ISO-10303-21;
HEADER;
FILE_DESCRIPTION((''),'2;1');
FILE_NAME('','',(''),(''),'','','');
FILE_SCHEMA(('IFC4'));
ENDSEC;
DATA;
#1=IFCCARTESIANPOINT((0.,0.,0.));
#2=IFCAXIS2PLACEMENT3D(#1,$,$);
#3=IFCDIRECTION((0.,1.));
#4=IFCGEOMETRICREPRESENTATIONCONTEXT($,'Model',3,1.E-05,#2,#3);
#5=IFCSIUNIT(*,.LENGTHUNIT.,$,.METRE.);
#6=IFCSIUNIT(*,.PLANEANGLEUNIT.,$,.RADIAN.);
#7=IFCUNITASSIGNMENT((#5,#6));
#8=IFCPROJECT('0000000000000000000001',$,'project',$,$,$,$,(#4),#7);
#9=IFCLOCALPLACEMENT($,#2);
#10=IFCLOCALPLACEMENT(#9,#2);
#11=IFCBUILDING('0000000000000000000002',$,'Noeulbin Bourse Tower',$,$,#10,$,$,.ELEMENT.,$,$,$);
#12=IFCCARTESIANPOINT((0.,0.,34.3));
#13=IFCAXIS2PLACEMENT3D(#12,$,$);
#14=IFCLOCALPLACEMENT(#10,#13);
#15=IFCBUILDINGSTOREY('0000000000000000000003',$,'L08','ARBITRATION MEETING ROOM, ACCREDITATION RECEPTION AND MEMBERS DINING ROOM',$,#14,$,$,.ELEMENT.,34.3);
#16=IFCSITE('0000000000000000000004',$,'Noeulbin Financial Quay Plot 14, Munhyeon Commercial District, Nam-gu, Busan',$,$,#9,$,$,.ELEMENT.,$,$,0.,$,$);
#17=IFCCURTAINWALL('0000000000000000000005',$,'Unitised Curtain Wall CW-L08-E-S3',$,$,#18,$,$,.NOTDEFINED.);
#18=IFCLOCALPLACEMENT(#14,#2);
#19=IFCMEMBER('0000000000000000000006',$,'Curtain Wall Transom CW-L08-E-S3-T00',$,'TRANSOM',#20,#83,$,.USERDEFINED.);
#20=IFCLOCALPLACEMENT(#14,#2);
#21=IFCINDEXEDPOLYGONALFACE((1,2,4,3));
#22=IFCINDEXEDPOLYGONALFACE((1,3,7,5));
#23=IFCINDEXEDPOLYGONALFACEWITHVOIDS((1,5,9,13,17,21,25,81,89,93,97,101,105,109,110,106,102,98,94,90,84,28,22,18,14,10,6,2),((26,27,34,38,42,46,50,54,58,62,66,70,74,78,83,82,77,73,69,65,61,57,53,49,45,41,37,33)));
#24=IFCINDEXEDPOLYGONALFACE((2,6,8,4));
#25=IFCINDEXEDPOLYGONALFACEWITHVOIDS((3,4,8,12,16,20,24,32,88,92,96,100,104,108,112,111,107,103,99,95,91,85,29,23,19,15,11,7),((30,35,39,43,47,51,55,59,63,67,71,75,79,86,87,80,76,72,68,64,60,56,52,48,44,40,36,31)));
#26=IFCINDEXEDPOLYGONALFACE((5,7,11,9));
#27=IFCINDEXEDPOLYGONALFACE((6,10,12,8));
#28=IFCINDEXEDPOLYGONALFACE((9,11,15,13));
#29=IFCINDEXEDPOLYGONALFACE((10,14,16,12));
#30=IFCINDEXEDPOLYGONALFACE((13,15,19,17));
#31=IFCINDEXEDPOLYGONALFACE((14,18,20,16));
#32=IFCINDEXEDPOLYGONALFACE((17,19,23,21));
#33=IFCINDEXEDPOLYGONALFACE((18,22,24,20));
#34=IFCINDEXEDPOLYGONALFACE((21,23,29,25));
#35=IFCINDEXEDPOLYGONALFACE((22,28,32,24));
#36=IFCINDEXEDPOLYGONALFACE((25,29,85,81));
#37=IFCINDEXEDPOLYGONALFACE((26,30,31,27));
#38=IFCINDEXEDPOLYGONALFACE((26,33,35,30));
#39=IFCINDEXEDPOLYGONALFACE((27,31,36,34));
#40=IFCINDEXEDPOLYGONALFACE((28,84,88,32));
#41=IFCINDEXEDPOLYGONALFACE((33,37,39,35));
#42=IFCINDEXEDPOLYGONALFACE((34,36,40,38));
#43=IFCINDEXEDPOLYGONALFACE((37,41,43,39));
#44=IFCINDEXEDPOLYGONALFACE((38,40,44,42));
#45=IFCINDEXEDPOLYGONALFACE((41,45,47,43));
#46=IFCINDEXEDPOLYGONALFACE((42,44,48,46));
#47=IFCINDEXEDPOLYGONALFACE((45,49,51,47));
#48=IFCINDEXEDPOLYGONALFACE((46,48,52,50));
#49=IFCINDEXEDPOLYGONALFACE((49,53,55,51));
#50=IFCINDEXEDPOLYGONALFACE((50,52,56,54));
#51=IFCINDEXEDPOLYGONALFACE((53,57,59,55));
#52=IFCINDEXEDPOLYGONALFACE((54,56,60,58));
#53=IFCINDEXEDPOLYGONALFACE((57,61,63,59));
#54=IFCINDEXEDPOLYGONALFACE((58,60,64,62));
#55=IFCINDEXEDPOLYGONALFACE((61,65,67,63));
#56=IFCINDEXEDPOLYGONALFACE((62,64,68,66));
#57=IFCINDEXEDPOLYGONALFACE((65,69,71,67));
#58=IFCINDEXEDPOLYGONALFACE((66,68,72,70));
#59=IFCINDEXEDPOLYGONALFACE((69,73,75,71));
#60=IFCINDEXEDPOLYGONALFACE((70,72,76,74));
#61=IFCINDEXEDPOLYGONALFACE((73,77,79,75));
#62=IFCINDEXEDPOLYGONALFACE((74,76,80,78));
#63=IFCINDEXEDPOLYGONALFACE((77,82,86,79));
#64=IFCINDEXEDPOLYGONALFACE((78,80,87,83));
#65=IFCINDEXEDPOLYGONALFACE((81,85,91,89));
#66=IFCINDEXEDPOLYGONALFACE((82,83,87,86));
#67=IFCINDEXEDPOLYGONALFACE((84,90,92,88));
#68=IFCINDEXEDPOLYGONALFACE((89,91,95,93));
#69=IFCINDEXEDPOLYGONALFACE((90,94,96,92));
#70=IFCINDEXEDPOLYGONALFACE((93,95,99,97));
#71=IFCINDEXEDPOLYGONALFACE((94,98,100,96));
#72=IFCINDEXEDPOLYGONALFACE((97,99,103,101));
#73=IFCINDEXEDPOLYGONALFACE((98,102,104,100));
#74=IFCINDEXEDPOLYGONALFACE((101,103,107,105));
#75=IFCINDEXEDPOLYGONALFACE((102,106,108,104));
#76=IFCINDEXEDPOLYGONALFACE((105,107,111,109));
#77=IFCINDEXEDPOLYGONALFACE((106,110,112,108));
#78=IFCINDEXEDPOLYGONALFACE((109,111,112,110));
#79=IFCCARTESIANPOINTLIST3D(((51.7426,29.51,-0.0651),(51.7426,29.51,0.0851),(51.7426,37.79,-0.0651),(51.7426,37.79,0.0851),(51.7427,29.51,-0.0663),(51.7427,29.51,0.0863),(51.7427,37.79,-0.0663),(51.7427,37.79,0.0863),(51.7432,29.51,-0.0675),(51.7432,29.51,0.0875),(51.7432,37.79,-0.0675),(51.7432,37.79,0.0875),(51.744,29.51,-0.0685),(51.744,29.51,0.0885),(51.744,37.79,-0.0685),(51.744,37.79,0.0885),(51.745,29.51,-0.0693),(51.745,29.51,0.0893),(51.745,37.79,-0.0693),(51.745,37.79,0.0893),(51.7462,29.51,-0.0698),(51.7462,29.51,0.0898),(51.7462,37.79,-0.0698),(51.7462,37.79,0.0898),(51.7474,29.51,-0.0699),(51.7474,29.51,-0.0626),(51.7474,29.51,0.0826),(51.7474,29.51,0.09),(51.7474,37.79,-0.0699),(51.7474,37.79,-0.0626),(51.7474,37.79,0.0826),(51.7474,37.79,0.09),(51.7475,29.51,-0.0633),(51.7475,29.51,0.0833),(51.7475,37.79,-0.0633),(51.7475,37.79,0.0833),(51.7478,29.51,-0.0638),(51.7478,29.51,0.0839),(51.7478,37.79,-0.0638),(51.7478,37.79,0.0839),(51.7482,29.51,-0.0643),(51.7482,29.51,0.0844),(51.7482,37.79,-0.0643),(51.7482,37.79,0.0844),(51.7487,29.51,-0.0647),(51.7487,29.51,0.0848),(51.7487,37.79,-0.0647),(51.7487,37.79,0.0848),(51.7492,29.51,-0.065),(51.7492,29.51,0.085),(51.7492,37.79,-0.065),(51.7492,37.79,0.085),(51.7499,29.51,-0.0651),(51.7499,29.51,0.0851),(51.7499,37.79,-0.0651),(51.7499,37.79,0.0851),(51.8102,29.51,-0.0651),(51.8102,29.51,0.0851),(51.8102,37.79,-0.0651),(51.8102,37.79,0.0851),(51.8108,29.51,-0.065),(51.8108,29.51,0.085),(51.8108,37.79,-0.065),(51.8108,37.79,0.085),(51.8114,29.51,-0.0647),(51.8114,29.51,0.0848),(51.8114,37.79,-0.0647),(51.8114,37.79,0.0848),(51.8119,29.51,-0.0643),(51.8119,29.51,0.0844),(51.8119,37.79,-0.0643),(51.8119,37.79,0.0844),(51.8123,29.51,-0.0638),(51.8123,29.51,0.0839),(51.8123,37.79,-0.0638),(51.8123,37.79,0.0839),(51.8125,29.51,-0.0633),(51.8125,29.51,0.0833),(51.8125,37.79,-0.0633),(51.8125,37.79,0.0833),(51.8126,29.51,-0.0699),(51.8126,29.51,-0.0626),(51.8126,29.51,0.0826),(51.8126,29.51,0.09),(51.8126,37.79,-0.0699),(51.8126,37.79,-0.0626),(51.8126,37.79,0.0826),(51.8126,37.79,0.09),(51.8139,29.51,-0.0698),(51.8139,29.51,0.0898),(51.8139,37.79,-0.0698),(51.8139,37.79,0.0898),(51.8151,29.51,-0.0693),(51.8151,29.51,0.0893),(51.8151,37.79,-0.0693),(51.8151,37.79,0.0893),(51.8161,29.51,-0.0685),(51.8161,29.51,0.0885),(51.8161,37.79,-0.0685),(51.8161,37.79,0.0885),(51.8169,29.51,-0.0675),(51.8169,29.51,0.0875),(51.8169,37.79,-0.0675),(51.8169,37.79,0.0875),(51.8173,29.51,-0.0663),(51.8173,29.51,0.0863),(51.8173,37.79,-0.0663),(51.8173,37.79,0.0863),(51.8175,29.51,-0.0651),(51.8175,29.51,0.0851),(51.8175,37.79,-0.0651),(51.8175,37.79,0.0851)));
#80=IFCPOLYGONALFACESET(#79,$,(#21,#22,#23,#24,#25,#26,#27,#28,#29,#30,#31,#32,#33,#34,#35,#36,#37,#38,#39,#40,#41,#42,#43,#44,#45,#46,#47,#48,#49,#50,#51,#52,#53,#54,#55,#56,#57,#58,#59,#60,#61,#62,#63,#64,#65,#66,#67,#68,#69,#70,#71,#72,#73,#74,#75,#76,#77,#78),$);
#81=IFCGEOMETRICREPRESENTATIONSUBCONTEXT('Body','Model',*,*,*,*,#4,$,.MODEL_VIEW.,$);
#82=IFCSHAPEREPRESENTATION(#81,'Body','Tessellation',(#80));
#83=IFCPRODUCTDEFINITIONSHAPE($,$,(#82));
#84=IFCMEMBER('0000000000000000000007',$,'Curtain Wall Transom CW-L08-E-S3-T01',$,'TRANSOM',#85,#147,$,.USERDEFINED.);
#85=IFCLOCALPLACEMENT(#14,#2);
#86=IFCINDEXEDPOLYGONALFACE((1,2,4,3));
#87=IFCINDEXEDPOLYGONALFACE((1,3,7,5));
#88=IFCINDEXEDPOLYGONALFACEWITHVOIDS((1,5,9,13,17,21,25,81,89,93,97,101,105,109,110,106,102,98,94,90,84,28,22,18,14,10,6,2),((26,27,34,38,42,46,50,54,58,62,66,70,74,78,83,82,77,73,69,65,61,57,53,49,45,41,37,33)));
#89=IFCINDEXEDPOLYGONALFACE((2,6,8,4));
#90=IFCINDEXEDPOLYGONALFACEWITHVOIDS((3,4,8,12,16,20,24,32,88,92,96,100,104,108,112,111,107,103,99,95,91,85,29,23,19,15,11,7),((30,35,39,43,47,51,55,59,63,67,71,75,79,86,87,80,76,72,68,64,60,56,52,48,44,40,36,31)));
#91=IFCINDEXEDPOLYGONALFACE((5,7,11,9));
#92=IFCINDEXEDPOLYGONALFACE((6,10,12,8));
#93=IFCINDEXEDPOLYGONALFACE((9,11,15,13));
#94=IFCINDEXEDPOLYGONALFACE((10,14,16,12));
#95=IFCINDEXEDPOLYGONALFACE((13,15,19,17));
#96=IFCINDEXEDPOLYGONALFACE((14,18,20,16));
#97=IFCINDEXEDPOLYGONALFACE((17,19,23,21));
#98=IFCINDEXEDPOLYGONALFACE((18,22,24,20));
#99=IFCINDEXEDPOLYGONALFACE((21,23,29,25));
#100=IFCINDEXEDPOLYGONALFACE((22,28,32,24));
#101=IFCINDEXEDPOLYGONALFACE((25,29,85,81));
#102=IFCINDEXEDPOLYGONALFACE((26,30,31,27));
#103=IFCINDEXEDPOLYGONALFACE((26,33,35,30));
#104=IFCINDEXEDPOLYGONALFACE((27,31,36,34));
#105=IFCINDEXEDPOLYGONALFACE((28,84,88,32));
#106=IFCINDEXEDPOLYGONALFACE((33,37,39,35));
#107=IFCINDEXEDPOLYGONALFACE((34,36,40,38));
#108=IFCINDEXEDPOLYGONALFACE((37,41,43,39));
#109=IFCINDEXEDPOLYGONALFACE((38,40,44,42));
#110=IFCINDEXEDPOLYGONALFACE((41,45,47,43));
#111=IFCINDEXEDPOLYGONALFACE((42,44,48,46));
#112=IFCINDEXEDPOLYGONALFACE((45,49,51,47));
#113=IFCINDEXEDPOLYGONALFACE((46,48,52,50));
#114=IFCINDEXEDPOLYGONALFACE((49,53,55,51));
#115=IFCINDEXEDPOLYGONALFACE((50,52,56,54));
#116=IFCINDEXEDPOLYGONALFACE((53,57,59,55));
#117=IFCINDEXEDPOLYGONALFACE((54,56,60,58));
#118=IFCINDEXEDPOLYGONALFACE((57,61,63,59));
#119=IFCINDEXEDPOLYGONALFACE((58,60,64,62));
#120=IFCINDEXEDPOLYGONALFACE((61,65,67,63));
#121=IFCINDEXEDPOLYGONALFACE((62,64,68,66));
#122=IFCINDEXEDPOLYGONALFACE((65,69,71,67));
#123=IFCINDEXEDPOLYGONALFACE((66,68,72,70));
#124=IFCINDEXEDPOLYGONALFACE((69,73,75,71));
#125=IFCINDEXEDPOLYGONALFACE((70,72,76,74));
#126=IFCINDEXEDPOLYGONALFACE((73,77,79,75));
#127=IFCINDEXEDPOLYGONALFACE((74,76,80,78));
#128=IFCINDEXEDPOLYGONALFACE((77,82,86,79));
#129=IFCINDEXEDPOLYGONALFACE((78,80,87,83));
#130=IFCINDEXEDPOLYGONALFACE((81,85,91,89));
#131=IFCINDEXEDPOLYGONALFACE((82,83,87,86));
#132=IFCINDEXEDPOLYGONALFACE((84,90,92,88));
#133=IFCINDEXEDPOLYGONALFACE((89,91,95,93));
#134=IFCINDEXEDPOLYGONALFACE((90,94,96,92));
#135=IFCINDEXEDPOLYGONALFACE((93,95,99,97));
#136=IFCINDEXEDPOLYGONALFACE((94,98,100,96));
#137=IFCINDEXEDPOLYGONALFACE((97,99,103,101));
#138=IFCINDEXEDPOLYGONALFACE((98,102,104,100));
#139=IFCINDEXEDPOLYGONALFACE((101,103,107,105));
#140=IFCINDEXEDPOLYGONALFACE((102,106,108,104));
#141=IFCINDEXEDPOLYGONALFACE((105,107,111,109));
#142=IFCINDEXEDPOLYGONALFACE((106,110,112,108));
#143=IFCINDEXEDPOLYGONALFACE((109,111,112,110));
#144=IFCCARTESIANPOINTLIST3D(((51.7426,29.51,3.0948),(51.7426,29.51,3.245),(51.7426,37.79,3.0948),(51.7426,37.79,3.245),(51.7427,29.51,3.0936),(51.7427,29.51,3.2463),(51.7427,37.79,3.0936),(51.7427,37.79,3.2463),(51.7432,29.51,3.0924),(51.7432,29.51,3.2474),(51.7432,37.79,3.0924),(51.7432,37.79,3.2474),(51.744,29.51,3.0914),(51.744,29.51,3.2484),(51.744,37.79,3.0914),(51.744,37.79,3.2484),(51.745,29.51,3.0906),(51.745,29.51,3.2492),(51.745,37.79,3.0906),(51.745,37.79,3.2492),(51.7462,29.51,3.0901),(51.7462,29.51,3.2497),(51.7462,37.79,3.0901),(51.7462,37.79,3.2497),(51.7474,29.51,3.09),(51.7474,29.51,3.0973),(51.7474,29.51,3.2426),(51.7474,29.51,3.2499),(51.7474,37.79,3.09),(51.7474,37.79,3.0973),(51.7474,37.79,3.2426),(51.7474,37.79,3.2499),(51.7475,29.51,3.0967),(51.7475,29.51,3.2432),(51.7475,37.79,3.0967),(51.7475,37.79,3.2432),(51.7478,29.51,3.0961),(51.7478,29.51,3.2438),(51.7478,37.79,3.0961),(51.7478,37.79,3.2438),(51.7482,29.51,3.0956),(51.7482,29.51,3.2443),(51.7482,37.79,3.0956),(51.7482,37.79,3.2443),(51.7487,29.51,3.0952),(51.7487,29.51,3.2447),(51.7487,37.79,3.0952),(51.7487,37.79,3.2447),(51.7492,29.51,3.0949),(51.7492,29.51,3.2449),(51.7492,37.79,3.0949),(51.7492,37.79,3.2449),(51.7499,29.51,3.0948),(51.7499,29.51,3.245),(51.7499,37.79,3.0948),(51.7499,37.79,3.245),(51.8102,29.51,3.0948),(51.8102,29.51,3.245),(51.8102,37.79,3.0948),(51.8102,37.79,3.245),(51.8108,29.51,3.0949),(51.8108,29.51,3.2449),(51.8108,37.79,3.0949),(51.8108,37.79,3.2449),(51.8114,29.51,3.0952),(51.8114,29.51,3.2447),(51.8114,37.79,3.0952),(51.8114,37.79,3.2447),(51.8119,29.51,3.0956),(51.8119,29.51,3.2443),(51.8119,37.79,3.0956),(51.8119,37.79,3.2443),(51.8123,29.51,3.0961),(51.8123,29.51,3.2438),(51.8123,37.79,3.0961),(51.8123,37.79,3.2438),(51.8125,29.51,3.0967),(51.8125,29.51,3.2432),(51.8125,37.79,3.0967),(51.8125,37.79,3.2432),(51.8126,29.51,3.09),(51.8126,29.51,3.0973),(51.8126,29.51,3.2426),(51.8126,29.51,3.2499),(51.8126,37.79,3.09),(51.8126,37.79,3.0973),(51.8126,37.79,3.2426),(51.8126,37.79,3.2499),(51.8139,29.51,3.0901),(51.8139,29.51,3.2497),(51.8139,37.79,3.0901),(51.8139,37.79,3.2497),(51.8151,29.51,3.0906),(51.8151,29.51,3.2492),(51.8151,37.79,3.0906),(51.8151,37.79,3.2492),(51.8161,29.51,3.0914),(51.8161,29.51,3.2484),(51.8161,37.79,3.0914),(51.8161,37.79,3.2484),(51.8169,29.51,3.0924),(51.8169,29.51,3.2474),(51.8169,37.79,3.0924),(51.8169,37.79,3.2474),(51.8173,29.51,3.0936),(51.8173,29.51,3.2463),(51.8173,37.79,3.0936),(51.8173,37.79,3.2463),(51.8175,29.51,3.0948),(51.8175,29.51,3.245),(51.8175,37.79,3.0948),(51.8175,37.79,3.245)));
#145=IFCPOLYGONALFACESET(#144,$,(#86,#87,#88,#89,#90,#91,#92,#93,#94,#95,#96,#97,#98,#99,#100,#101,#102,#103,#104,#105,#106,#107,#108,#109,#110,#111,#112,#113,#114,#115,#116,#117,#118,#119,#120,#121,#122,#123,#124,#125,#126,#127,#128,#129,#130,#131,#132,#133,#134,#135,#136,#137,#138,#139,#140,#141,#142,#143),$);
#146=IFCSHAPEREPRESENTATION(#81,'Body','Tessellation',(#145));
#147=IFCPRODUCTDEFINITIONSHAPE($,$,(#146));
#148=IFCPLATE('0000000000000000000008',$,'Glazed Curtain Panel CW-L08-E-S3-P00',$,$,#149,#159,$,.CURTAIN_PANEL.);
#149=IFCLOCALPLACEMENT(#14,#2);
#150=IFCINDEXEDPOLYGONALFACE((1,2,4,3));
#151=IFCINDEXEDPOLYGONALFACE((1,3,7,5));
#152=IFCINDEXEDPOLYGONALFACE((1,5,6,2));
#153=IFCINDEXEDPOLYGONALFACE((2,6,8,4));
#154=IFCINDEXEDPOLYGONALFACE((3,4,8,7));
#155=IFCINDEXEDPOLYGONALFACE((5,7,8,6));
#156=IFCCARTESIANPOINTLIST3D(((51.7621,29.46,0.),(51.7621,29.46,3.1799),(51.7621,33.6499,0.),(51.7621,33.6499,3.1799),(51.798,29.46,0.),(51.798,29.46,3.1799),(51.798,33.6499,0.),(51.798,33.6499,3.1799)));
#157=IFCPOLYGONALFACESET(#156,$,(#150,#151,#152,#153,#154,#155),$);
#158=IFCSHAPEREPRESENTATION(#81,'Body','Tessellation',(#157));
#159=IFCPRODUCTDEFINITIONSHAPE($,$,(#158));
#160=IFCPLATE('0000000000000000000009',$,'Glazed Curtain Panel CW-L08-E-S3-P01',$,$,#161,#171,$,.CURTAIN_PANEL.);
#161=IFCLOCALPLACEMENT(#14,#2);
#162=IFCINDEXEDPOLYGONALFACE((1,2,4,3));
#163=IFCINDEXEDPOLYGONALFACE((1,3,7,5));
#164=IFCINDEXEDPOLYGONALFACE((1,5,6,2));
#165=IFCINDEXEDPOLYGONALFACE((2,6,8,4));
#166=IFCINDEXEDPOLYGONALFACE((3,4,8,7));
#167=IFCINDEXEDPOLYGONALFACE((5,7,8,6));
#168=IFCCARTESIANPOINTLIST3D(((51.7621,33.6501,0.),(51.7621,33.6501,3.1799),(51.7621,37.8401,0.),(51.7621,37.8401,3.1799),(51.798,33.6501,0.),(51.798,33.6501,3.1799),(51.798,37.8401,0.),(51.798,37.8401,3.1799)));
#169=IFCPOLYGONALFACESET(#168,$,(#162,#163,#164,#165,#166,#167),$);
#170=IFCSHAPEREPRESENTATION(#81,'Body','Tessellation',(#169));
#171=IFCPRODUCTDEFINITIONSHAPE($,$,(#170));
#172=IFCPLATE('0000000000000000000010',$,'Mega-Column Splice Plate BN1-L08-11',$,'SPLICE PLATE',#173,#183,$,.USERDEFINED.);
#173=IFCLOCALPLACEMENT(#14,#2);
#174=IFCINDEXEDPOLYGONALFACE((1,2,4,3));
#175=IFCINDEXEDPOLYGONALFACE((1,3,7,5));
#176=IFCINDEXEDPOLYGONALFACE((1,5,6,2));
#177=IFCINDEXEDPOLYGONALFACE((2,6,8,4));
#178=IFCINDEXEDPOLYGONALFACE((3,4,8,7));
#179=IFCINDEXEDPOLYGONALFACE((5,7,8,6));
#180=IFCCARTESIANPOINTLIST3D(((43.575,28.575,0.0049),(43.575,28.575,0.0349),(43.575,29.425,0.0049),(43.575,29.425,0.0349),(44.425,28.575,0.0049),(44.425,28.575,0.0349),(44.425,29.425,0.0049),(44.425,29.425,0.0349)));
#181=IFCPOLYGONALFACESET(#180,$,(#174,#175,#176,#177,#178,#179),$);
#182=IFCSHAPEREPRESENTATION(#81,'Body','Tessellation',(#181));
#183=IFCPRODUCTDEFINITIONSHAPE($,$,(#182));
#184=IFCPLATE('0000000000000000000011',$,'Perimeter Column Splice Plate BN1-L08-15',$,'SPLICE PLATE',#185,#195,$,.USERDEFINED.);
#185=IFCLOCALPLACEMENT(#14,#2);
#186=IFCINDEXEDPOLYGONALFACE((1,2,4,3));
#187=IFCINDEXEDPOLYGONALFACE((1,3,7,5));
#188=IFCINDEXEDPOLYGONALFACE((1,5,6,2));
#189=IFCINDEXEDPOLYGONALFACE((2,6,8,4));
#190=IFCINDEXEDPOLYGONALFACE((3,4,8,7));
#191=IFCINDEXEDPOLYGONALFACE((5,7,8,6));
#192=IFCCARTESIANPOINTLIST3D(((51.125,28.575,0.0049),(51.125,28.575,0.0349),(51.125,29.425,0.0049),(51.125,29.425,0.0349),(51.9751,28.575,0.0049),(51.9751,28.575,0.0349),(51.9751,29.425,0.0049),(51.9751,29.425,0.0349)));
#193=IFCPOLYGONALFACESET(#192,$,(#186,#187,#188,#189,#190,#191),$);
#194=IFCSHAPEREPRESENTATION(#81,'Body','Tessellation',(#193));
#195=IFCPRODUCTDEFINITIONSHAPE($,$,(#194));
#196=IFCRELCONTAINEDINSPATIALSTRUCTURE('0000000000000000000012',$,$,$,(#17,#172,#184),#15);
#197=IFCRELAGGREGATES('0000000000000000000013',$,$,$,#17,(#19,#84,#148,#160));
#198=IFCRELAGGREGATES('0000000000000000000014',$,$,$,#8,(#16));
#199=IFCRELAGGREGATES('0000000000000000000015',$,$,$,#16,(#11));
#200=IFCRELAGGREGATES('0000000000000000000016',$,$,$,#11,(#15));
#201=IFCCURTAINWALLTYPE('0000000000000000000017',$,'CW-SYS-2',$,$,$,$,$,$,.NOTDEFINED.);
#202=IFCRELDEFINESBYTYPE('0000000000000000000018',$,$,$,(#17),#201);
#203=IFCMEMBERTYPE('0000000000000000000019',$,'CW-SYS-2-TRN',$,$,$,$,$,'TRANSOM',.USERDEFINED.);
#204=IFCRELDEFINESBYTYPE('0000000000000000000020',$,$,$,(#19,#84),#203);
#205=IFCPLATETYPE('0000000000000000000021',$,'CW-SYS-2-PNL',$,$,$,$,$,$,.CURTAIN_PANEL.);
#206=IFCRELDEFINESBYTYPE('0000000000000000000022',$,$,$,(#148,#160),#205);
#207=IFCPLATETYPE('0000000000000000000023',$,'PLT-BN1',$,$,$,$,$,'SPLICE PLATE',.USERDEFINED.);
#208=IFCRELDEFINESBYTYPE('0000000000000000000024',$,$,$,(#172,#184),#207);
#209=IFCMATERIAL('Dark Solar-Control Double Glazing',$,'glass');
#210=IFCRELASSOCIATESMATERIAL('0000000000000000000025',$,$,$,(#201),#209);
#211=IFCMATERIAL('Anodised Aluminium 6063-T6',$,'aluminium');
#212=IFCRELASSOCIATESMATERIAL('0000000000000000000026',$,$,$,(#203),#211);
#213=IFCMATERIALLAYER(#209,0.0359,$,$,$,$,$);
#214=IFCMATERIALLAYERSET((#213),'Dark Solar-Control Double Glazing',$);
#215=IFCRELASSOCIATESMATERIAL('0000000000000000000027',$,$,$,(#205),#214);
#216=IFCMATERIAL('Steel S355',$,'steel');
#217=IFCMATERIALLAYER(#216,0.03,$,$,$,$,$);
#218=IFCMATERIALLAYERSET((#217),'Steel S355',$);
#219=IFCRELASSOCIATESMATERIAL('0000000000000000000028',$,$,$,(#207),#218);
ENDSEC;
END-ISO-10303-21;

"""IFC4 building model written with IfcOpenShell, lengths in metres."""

from ifc_helpers import new_model, si_unit, direction, frame, origin, origin_2d, place, context, subcontext, project, spatial, rectangle, hollow_rectangle, extrude, material, layer, layer_set, material_profile, profile_set, type_object, element, aggregate, save


model = new_model("IFC4")

# Units and contexts
model_context = context("Model", 3, precision=1e-05, world=origin(), true_north=direction((0.0, 1.0)))
body_context = subcontext(model_context, "Body", "Model", "MODEL_VIEW")
ifc_project = project(units=[si_unit("LENGTHUNIT", "METRE"), si_unit("PLANEANGLEUNIT", "RADIAN")], contexts=[model_context])

# Site, building, storey
site_placement = place(None, origin())
site = spatial("IfcSite", under=ifc_project, at=site_placement, Name="Noeulbin Financial Quay Plot 14, Munhyeon Commercial District, Nam-gu, Busan", CompositionType="ELEMENT", RefElevation=0.0)
building_placement = place(site_placement, origin())
building = spatial("IfcBuilding", under=site, at=building_placement, Name="Noeulbin Bourse Tower", CompositionType="ELEMENT")
storey_placement = place(building_placement, frame((0.0, 0.0, 34.3)))
storey = spatial("IfcBuildingStorey", under=building, at=storey_placement, Name="L08", Description="ARBITRATION MEETING ROOM, ACCREDITATION RECEPTION AND MEMBERS DINING ROOM", CompositionType="ELEMENT", Elevation=34.3)

# Shared definitions
ifc_material_1 = material(Name="Steel S355", Category="steel")

# Curtain wall, members, plates
ifc_material_2 = material(Name="Dark Solar-Control Double Glazing", Category="glass")
curtain_wall_type = type_object("IfcCurtainWallType", Name="CW-SYS-2", PredefinedType="NOTDEFINED", material=ifc_material_2)
curtain_wall_placement = place(storey_placement, origin())
curtain_wall = element("IfcCurtainWall", 1, at=curtain_wall_placement, inside=storey, type_object=curtain_wall_type, Name="Unitised Curtain Wall CW-L08-E-S3", PredefinedType="NOTDEFINED")
ifc_material_3 = material(Name="Anodised Aluminium 6063-T6", Category="aluminium")
ifc_material_profile_1 = material_profile(ifc_material_3, hollow_rectangle(XDim=0.075, YDim=0.1599, WallThickness=0.0049, InnerFilletRadius=0.0024, OuterFilletRadius=0.0049, at=origin_2d()), Name="ALU-TRAN-75x160x5", Category="LoadBearing")
ifc_profile_set_1 = profile_set([ifc_material_profile_1], Name="Anodised Aluminium 6063-T6")
member_type_1 = type_object("IfcMemberType", Name="CW-SYS-2-TRN", ElementType="TRANSOM", PredefinedType="USERDEFINED", material=ifc_profile_set_1)
member_1_placement = place(storey_placement, frame((51.78, 29.51, 0.01), z_axis=(0.0, 1.0, 0.0), x_axis=(-1.0, 0.0, 0.0)))
member_1 = element("IfcMember", 2, at=member_1_placement, type_object=member_type_1, Name="Curtain Wall Transom CW-L08-E-S3-T00", ObjectType="TRANSOM", PredefinedType="USERDEFINED", context=body_context, shape_type="SweptSolid", body=[
    extrude(hollow_rectangle(XDim=0.075, YDim=0.1599, WallThickness=0.0049, InnerFilletRadius=0.0024, OuterFilletRadius=0.0049, at=origin_2d()), origin(), (0.0, 0.0, 1.0), 8.28),
])
member_2_placement = place(storey_placement, frame((51.78, 29.51, 3.1699), z_axis=(0.0, 1.0, 0.0), x_axis=(-1.0, 0.0, 0.0)))
member_2 = element("IfcMember", 3, at=member_2_placement, type_object=member_type_1, Name="Curtain Wall Transom CW-L08-E-S3-T01", ObjectType="TRANSOM", PredefinedType="USERDEFINED", context=body_context, shape_type="SweptSolid", body=[
    extrude(hollow_rectangle(XDim=0.075, YDim=0.1599, WallThickness=0.0049, InnerFilletRadius=0.0024, OuterFilletRadius=0.0049, at=origin_2d()), origin(), (0.0, 0.0, 1.0), 8.28),
])
ifc_layer_1 = layer(ifc_material_2, 0.0359)
ifc_layer_set_1 = layer_set([ifc_layer_1], Name="Dark Solar-Control Double Glazing")
plate_type_1 = type_object("IfcPlateType", Name="CW-SYS-2-PNL", PredefinedType="CURTAIN_PANEL", material=ifc_layer_set_1)
plate_1_placement = place(storey_placement, frame((51.78, 31.5549, 0.0), z_axis=(0.0, 0.0, 1.0), x_axis=(0.0, 1.0, 0.0)))
plate_1 = element("IfcPlate", 4, at=plate_1_placement, type_object=plate_type_1, Name="Glazed Curtain Panel CW-L08-E-S3-P00", PredefinedType="CURTAIN_PANEL", context=body_context, shape_type="SweptSolid", body=[
    extrude(rectangle(XDim=4.1899, YDim=0.0359, at=origin_2d()), origin(), (0.0, 0.0, 1.0), 3.1799),
])
plate_2_placement = place(storey_placement, frame((51.78, 35.7451, 0.0), z_axis=(0.0, 0.0, 1.0), x_axis=(0.0, 1.0, 0.0)))
plate_2 = element("IfcPlate", 5, at=plate_2_placement, type_object=plate_type_1, Name="Glazed Curtain Panel CW-L08-E-S3-P01", PredefinedType="CURTAIN_PANEL", context=body_context, shape_type="SweptSolid", body=[
    extrude(rectangle(XDim=4.1899, YDim=0.0359, at=origin_2d()), origin(), (0.0, 0.0, 1.0), 3.1799),
])
aggregate(curtain_wall, [member_1, member_2, plate_1, plate_2])

# Plates
ifc_layer_2 = layer(ifc_material_1, 0.03)
ifc_layer_set_2 = layer_set([ifc_layer_2], Name="Steel S355")
plate_type_2 = type_object("IfcPlateType", Name="PLT-BN1", ElementType="SPLICE PLATE", PredefinedType="USERDEFINED", material=ifc_layer_set_2)
for number, where, z_axis, x_axis, name in (
    (6, (44.0, 29.0, 0.0049), (0.0, 0.0, 1.0), (1.0, 0.0, 0.0), "Mega-Column Splice Plate BN1-L08-11"),
    (7, (51.55, 29.0, 0.0049), (0.0, 0.0, 1.0), (1.0, 0.0, 0.0), "Perimeter Column Splice Plate BN1-L08-15"),
):
    element("IfcPlate", number, at=place(storey_placement, frame(where, z_axis=z_axis, x_axis=x_axis)), inside=storey, type_object=plate_type_2, Name=name, ObjectType="SPLICE PLATE", PredefinedType="USERDEFINED", context=body_context, shape_type="SweptSolid", body=[
        extrude(rectangle(XDim=0.8501, YDim=0.8501, at=origin_2d()), origin(), (0.0, 0.0, 1.0), 0.03),
    ])

save(model, "model.ifc")
